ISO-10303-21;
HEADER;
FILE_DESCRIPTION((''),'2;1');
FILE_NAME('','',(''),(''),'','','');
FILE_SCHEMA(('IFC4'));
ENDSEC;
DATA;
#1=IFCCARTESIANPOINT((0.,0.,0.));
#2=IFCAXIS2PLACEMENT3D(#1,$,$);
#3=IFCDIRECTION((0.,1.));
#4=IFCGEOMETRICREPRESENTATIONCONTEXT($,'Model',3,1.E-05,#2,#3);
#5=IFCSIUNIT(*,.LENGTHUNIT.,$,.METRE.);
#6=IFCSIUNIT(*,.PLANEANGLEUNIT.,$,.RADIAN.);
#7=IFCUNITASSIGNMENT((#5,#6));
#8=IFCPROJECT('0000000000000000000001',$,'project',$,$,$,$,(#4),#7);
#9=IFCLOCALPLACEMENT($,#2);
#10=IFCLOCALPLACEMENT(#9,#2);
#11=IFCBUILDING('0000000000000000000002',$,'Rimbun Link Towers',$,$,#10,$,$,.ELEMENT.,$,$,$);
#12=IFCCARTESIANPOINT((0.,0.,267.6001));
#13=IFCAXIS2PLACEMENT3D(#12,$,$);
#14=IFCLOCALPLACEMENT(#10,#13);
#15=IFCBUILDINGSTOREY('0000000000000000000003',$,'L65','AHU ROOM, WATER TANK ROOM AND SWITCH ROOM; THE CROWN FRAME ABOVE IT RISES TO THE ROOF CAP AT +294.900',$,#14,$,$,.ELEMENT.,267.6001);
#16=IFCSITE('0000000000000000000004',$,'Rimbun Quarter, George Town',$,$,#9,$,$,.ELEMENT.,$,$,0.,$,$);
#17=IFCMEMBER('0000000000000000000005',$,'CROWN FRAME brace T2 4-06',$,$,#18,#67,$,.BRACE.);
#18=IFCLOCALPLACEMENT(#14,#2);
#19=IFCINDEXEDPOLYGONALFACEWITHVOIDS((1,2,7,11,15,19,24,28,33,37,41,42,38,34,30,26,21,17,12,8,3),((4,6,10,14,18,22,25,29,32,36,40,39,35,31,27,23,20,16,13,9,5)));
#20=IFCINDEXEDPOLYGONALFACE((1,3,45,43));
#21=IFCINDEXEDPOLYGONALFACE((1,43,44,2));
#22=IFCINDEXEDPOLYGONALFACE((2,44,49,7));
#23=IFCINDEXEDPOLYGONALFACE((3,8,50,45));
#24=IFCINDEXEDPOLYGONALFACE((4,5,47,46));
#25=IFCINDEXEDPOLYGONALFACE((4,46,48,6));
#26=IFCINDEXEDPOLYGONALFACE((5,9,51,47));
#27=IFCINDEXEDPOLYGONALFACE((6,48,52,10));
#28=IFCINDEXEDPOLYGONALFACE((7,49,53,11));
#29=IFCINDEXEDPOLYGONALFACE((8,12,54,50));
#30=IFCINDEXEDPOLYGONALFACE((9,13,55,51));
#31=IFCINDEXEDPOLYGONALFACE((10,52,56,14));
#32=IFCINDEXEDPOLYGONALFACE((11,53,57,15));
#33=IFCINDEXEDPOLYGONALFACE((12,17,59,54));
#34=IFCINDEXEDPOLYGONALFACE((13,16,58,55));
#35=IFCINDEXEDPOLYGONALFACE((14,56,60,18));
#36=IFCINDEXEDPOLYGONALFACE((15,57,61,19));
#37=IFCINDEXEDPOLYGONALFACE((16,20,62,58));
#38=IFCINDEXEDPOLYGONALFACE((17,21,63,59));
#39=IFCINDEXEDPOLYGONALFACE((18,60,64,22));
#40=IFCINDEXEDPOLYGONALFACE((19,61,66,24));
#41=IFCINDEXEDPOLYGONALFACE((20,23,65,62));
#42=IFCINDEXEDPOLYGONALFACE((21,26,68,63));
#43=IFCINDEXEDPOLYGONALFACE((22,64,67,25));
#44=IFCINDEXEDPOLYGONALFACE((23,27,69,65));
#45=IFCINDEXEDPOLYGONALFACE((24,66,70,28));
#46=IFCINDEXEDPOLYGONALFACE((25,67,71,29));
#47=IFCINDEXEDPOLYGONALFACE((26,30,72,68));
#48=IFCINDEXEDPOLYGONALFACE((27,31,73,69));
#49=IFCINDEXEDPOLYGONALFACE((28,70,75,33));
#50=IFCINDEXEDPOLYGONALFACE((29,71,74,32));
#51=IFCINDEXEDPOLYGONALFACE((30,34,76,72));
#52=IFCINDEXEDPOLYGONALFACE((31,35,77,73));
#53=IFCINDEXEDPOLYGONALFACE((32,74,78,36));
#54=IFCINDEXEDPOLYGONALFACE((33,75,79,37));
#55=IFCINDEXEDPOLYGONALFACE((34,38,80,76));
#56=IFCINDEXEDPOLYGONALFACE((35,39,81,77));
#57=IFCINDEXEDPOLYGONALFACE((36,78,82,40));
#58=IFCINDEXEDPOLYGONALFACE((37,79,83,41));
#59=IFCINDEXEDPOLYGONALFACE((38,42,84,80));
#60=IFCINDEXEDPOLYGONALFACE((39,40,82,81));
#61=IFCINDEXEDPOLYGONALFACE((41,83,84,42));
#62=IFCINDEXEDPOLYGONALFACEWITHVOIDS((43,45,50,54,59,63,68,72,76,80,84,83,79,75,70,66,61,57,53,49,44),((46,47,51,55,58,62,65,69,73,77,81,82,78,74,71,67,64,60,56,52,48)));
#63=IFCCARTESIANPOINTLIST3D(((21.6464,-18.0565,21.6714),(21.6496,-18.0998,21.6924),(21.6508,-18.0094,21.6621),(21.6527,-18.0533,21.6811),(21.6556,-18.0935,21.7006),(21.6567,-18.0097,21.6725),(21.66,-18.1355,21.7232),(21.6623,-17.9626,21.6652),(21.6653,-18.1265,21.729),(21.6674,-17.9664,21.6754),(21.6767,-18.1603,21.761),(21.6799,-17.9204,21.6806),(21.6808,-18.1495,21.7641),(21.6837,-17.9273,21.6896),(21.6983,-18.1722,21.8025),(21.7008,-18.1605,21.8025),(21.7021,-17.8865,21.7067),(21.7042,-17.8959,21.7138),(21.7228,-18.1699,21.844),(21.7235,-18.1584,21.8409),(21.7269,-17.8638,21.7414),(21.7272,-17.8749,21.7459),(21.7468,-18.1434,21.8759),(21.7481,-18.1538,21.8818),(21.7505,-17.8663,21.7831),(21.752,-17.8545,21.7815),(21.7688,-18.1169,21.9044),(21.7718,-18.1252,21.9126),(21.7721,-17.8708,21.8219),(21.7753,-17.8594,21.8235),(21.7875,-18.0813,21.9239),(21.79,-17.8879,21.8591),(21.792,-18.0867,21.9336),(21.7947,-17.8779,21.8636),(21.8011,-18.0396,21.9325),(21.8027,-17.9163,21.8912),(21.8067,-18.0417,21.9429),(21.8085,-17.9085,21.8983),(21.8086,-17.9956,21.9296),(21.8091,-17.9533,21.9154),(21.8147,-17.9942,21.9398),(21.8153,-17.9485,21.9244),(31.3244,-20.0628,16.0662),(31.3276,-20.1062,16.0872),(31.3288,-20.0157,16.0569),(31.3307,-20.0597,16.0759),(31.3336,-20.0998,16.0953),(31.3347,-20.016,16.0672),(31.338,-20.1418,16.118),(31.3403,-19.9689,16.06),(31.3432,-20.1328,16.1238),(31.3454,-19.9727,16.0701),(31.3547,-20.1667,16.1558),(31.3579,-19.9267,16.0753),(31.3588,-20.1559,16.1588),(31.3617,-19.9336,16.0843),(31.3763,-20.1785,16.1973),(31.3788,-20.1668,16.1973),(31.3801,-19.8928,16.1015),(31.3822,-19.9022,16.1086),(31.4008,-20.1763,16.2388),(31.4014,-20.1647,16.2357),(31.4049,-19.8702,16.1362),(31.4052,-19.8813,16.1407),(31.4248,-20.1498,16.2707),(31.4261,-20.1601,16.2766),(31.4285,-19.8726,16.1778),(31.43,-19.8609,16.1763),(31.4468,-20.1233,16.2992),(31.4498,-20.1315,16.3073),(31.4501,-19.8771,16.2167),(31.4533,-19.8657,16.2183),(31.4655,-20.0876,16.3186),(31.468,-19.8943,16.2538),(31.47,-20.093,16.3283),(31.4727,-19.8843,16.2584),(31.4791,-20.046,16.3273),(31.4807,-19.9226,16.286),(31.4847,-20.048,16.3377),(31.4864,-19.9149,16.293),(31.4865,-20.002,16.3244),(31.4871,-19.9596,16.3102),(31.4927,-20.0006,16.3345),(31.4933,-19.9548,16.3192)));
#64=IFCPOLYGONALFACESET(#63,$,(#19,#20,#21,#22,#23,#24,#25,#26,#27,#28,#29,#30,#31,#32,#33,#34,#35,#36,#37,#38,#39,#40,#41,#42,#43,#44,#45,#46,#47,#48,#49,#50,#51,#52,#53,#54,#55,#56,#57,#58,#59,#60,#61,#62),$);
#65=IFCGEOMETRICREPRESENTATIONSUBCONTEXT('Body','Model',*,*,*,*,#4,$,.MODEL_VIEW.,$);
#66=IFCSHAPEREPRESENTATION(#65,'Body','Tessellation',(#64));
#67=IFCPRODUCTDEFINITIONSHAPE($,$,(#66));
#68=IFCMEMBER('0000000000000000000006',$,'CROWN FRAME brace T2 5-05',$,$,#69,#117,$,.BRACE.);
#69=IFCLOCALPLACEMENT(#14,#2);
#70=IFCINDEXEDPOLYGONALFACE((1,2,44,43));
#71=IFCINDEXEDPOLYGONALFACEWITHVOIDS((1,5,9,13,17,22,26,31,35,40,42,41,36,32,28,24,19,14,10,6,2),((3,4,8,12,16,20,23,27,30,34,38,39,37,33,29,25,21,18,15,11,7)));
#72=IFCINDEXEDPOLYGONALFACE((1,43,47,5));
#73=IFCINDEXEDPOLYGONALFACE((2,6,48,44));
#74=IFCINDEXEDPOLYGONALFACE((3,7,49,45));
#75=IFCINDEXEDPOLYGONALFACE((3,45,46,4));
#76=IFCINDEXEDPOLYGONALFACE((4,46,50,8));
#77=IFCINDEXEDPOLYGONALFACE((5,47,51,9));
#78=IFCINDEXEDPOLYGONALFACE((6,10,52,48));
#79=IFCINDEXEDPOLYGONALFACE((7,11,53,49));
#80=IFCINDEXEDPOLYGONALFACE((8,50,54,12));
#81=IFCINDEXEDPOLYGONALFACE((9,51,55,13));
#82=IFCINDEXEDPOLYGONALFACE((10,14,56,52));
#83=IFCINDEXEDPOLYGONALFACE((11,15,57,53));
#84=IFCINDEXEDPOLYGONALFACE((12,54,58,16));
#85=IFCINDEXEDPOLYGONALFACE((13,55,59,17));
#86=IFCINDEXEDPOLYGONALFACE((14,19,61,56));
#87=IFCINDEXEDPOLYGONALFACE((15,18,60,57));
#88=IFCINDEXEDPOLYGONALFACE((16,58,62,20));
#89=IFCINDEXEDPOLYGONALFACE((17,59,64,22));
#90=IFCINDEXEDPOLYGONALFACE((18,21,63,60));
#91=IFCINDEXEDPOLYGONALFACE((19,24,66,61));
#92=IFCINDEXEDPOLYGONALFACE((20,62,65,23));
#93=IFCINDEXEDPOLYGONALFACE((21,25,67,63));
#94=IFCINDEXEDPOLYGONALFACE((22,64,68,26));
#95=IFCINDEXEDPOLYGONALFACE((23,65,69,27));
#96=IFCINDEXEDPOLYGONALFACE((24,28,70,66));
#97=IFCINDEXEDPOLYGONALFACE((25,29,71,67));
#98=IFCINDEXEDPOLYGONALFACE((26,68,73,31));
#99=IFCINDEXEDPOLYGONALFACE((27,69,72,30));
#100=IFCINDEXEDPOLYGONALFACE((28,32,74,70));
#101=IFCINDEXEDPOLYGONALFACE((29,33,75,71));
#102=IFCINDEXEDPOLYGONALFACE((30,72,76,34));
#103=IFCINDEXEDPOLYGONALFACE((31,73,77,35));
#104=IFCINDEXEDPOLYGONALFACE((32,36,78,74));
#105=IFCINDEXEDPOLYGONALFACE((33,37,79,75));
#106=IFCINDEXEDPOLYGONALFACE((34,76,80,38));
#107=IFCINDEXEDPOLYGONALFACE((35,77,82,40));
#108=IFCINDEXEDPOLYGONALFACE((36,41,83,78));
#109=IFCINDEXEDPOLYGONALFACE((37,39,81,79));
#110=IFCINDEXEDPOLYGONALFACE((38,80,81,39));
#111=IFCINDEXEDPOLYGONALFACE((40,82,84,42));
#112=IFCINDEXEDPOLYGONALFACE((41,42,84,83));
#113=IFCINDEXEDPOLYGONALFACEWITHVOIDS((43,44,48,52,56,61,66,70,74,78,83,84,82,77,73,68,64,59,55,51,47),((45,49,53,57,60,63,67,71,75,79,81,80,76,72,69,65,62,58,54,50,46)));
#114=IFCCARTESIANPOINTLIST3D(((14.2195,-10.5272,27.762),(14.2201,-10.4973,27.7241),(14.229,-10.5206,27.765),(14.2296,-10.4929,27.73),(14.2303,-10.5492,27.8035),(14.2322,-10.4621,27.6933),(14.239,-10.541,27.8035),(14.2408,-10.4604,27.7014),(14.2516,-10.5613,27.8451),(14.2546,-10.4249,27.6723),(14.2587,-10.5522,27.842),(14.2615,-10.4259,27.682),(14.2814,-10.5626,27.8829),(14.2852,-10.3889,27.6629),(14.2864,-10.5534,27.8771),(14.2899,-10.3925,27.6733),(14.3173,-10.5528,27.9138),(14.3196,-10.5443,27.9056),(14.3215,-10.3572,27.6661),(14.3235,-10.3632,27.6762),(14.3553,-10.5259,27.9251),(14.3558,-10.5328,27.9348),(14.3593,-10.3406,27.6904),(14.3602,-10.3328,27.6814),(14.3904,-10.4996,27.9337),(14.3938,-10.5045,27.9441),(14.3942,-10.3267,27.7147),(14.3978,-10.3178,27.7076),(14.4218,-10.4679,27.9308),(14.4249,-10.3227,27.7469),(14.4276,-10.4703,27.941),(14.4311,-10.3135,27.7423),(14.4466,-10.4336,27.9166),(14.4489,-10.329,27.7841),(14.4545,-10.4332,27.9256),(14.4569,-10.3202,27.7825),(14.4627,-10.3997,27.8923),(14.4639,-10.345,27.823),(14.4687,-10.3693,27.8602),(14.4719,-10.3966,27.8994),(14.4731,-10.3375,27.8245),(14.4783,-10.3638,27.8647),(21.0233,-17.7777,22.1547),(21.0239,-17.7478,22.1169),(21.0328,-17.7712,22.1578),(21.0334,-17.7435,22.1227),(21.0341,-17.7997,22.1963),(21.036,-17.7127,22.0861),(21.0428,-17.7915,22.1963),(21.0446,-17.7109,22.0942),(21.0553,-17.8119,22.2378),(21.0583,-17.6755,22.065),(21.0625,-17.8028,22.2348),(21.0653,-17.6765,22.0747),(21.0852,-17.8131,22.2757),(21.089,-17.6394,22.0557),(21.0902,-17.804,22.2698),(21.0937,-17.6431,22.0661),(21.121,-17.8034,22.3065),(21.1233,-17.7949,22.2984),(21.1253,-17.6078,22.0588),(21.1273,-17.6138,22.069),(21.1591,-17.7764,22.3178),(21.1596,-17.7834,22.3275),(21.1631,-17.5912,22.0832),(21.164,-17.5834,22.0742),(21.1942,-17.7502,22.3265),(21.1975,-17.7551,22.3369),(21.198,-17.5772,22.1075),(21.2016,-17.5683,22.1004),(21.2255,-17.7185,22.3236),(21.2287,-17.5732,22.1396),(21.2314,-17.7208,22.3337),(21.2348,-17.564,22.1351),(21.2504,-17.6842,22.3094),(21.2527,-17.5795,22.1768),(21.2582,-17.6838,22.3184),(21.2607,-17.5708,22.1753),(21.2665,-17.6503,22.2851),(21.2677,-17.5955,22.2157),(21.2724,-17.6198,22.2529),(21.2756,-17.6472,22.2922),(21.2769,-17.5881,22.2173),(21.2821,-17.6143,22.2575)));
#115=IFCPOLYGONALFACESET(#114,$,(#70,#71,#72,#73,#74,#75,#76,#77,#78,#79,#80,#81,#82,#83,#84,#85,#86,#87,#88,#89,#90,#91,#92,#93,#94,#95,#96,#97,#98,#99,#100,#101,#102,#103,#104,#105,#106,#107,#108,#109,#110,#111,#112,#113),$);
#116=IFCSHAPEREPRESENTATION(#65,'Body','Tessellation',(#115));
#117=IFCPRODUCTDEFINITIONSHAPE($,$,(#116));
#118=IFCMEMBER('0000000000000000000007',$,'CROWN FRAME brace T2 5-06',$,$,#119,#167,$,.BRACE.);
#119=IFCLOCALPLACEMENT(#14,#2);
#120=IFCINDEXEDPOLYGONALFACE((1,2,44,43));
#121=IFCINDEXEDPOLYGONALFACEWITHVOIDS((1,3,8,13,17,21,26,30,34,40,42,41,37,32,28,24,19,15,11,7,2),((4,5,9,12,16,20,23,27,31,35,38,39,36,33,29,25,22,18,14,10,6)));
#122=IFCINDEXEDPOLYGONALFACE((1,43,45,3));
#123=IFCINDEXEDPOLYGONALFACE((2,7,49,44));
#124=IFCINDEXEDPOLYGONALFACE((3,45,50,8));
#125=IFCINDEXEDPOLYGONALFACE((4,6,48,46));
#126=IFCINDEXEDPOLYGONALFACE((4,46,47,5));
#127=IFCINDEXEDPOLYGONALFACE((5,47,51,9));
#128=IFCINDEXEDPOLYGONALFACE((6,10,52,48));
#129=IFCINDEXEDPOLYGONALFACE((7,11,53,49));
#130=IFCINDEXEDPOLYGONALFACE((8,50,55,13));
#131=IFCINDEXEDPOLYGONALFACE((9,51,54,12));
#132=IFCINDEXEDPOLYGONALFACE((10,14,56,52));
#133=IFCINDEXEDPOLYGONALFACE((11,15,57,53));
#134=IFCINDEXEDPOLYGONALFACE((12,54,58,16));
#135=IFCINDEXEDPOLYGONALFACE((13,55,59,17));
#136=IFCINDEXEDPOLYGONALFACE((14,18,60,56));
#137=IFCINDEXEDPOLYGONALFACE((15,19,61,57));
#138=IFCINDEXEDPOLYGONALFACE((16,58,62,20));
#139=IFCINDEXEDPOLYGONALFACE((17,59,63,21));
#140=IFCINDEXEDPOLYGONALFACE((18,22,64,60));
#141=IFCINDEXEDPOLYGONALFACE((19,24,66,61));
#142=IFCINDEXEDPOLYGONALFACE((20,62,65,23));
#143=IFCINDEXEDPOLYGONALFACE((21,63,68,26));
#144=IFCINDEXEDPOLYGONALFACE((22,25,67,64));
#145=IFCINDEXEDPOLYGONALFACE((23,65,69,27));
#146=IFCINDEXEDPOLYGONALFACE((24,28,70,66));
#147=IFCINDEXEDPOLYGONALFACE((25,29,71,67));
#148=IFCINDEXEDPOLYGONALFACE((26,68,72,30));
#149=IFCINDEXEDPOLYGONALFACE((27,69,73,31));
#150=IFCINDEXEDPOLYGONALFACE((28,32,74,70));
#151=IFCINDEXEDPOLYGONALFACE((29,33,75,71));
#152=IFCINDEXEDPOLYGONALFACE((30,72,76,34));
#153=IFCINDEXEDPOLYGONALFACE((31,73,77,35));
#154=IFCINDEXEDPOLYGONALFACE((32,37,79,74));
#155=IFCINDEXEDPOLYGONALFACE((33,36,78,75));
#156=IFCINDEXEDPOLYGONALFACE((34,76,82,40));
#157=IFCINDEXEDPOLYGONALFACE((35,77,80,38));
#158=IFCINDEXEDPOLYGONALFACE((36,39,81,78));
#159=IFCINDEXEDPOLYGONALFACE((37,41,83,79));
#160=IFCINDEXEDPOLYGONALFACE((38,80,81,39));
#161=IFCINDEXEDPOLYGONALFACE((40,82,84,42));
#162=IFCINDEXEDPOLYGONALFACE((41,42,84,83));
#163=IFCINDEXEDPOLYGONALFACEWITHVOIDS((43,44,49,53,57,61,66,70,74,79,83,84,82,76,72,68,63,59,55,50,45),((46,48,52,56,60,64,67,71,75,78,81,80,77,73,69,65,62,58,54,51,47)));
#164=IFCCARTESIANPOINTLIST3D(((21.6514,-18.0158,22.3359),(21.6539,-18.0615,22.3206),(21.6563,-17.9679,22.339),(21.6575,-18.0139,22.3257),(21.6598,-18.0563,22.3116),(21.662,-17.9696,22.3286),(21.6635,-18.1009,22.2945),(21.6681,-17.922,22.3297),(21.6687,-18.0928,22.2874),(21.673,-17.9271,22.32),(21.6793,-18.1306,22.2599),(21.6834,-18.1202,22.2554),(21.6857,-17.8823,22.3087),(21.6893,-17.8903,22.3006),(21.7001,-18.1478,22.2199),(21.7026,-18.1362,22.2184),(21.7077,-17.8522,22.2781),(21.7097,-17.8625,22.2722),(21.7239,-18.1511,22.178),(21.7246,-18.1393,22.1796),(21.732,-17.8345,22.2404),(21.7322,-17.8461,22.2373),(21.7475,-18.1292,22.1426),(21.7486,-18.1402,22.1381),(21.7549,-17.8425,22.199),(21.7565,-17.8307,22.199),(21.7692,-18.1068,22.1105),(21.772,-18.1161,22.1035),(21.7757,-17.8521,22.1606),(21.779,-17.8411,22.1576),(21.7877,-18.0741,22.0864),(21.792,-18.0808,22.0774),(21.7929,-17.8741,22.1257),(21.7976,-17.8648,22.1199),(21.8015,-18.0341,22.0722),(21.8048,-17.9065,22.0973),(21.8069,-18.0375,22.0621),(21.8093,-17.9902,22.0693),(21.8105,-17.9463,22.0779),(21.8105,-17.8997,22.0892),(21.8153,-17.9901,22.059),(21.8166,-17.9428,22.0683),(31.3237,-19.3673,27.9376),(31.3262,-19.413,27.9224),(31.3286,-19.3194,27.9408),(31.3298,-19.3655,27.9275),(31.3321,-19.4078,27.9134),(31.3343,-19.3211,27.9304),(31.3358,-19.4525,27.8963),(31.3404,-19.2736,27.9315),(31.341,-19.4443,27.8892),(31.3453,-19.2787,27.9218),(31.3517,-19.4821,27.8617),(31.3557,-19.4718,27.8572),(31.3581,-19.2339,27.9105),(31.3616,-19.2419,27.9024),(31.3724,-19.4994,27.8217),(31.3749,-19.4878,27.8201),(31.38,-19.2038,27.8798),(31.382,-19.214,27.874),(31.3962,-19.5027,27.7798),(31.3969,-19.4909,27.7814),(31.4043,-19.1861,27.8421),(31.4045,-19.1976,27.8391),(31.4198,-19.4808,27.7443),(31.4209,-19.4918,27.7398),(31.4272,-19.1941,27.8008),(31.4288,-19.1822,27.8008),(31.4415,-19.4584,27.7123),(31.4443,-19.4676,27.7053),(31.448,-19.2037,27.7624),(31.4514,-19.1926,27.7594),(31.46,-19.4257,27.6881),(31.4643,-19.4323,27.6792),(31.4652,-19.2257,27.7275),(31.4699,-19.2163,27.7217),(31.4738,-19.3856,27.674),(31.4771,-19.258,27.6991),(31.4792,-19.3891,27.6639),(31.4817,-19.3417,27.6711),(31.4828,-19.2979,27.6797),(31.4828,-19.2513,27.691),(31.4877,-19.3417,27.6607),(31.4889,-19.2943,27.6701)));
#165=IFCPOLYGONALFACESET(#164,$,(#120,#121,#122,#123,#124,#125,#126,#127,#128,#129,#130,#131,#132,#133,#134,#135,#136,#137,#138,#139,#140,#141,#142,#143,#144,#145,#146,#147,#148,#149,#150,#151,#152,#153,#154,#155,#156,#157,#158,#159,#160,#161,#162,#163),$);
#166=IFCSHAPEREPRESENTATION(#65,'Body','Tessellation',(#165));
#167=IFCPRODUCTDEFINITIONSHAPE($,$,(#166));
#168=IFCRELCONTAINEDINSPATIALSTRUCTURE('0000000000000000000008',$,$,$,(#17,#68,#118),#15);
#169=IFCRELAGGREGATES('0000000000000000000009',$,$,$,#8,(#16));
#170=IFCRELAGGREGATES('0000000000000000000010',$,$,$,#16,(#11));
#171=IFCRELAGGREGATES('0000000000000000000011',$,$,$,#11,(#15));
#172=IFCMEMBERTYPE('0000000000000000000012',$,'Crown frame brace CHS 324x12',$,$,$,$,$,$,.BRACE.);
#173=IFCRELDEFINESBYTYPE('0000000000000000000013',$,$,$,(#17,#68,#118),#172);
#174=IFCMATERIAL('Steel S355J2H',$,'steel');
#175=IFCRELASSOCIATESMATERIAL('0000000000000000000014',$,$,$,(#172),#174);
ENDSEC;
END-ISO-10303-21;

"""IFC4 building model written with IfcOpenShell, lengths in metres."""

from ifc_helpers import new_model, si_unit, direction, frame, origin, origin_2d, place, context, subcontext, project, spatial, hollow_circle, extrude, material, material_profile, profile_set, type_object, element, save


model = new_model("IFC4")

# Units and contexts
model_context = context("Model", 3, precision=1e-05, world=origin(), true_north=direction((0.0, 1.0)))
body_context = subcontext(model_context, "Body", "Model", "MODEL_VIEW")
ifc_project = project(units=[si_unit("LENGTHUNIT", "METRE"), si_unit("PLANEANGLEUNIT", "RADIAN")], contexts=[model_context])

# Site, building, storey
site_placement = place(None, origin())
site = spatial("IfcSite", under=ifc_project, at=site_placement, Name="Rimbun Quarter, George Town", CompositionType="ELEMENT", RefElevation=0.0)
building_placement = place(site_placement, origin())
building = spatial("IfcBuilding", under=site, at=building_placement, Name="Rimbun Link Towers", CompositionType="ELEMENT")
storey_placement = place(building_placement, frame((0.0, 0.0, 267.6001)))
storey = spatial("IfcBuildingStorey", under=building, at=storey_placement, Name="L65", Description="AHU ROOM, WATER TANK ROOM AND SWITCH ROOM; THE CROWN FRAME ABOVE IT RISES TO THE ROOF CAP AT +294.900", CompositionType="ELEMENT", Elevation=267.6001)

# Members
ifc_material_1 = material(Name="Steel S355J2H", Category="steel")
ifc_material_profile_1 = material_profile(ifc_material_1, hollow_circle(Radius=0.1619, WallThickness=0.012, at=origin_2d()), Name="Crown frame brace CHS 324x12")
ifc_profile_set_1 = profile_set([ifc_material_profile_1], Name="Steel S355J2H")
member_type_1 = type_object("IfcMemberType", Name="Crown frame brace CHS 324x12", PredefinedType="BRACE", material=ifc_profile_set_1)
member_1_placement = place(storey_placement, frame((31.4092, -20.02, 16.1973), z_axis=(-0.851745, 0.176576, 0.493307), x_axis=(-0.202994, -0.97918, 0.0)))
element("IfcMember", 1, at=member_1_placement, inside=storey, type_object=member_type_1, Name="CROWN FRAME brace T2 4-06", PredefinedType="BRACE", context=body_context, shape_type="SweptSolid", body=[
    extrude(hollow_circle(Radius=0.1619, WallThickness=0.012, at=origin_2d()), origin(), (0.0, 0.0, 1.0), 11.3625),
])
member_2_placement = place(storey_placement, frame((21.1521, -17.689, 22.1963), z_axis=(-0.596036, 0.635176, 0.491215), x_axis=(-0.729217, -0.684282, 0.0)))
element("IfcMember", 2, at=member_2_placement, inside=storey, type_object=member_type_1, Name="CROWN FRAME brace T2 5-05", PredefinedType="BRACE", context=body_context, shape_type="SweptSolid", body=[
    extrude(hollow_circle(Radius=0.1619, WallThickness=0.012, at=origin_2d()), origin(), (0.0, 0.0, 1.0), 11.415),
])
member_3_placement = place(storey_placement, frame((21.7341, -17.991, 22.199), z_axis=(0.85909, -0.120045, 0.497547), x_axis=(0.13839, 0.990378, 0.0)))
element("IfcMember", 3, at=member_3_placement, inside=storey, type_object=member_type_1, Name="CROWN FRAME brace T2 5-06", PredefinedType="BRACE", context=body_context, shape_type="SweptSolid", body=[
    extrude(hollow_circle(Radius=0.1619, WallThickness=0.012, at=origin_2d()), origin(), (0.0, 0.0, 1.0), 11.2588),
])

save(model, "model.ifc")
